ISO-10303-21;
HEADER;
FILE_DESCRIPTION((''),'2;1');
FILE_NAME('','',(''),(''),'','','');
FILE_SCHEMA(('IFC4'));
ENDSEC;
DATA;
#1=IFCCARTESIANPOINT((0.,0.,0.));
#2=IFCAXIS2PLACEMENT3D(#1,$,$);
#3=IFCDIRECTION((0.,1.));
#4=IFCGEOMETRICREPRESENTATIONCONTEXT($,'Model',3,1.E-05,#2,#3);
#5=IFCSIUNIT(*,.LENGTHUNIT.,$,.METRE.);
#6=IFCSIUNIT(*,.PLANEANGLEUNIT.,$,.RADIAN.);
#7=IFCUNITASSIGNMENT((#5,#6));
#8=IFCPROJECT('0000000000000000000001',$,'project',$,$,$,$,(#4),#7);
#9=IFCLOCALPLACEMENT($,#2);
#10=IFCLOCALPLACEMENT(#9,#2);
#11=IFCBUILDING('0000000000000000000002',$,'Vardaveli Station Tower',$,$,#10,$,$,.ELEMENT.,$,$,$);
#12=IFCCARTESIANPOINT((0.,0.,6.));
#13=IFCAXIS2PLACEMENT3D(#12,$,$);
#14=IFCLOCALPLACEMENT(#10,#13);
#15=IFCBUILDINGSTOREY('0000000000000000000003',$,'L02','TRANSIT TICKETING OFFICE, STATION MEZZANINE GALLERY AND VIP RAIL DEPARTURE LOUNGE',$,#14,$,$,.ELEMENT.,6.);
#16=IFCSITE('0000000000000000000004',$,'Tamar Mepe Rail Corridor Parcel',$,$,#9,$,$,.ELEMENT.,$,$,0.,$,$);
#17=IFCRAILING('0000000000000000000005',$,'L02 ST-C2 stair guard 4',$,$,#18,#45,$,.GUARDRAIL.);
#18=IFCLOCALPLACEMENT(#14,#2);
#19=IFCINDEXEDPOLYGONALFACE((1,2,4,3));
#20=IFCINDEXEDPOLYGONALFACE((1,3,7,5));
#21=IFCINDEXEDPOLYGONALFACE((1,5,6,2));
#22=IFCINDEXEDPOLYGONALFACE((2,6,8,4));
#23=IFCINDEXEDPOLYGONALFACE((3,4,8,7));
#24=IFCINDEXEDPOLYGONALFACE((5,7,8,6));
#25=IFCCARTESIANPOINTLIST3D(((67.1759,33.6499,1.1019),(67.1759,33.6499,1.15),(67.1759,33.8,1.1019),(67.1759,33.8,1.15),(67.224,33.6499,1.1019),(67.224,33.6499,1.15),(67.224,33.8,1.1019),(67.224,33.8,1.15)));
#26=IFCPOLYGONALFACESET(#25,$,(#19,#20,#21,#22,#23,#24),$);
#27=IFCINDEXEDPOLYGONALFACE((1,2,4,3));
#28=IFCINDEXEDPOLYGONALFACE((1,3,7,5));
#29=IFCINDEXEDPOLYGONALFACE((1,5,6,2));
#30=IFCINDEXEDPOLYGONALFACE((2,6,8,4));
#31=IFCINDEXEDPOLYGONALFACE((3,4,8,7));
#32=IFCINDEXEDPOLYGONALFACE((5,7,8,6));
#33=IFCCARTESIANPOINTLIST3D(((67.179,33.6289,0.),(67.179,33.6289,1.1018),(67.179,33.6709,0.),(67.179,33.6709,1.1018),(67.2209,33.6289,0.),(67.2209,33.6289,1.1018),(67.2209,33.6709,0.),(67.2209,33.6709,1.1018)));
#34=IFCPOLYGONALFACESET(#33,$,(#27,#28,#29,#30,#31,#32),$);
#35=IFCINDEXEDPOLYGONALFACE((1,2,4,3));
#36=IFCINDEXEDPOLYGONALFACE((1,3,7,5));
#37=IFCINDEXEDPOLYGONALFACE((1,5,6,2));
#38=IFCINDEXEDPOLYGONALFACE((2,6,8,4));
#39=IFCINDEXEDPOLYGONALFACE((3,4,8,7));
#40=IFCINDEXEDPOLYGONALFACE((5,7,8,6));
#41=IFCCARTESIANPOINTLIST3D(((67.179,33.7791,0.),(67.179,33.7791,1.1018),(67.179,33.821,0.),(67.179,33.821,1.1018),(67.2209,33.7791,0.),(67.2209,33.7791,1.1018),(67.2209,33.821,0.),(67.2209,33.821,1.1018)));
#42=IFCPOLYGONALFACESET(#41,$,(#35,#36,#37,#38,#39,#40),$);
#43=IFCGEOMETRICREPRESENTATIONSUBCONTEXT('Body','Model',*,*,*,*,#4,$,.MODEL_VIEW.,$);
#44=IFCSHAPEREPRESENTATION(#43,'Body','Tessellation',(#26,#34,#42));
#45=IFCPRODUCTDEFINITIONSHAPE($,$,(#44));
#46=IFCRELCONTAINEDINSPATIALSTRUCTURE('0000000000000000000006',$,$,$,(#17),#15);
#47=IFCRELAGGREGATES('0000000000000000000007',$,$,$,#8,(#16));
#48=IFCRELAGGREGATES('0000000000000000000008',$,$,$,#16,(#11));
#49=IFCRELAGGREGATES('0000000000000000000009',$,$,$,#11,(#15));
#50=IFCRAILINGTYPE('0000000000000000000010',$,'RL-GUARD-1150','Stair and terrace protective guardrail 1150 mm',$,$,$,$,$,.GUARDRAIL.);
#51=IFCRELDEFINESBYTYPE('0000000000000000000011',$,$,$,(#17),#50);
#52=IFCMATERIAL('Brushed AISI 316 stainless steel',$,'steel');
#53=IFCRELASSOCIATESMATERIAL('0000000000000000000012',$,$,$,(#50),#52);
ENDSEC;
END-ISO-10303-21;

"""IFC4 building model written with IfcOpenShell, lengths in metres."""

from ifc_helpers import new_model, si_unit, direction, frame, origin, origin_2d, place, context, subcontext, project, spatial, rectangle, extrude, source, transform, mapped, material, type_object, element, save


model = new_model("IFC4")

# Units and contexts
model_context = context("Model", 3, precision=1e-05, world=origin(), true_north=direction((0.0, 1.0)))
body_context = subcontext(model_context, "Body", "Model", "MODEL_VIEW")
ifc_project = project(units=[si_unit("LENGTHUNIT", "METRE"), si_unit("PLANEANGLEUNIT", "RADIAN")], contexts=[model_context])

# Site, building, storey
site_placement = place(None, origin())
site = spatial("IfcSite", under=ifc_project, at=site_placement, Name="Tamar Mepe Rail Corridor Parcel", CompositionType="ELEMENT", RefElevation=0.0)
building_placement = place(site_placement, origin())
building = spatial("IfcBuilding", under=site, at=building_placement, Name="Vardaveli Station Tower", CompositionType="ELEMENT")
storey_placement = place(building_placement, frame((0.0, 0.0, 6.0)))
storey = spatial("IfcBuildingStorey", under=building, at=storey_placement, Name="L02", Description="TRANSIT TICKETING OFFICE, STATION MEZZANINE GALLERY AND VIP RAIL DEPARTURE LOUNGE", CompositionType="ELEMENT", Elevation=6.0)

# Railing
ifc_material_1 = material(Name="Brushed AISI 316 stainless steel", Category="steel")
railing_type_1 = type_object("IfcRailingType", Name="RL-GUARD-1150", Description="Stair and terrace protective guardrail 1150 mm", PredefinedType="GUARDRAIL", material=ifc_material_1)
shared_shape_1 = source(origin(), body_context, "Body", "SweptSolid", [
    extrude(rectangle(XDim=0.0481, YDim=0.0481, at=origin_2d()), frame((0.0, 0.0, 1.126), z_axis=(0.0, 1.0, 0.0), x_axis=(-1.0, 0.0, 0.0)), (0.0, 0.0, 1.0), 0.1501),
    extrude(rectangle(XDim=0.042, YDim=0.042, at=origin_2d()), origin(), (0.0, 0.0, 1.0), 1.1018),
    extrude(rectangle(XDim=0.042, YDim=0.042, at=origin_2d()), frame((0.0, 0.1501, 0.0)), (0.0, 0.0, 1.0), 1.1018),
])
for number, where, name in (
    (1, (67.2, 33.6499, 0.0), "L02 ST-C2 stair guard 4"),
):
    element("IfcRailing", number, at=place(storey_placement, frame(where)), inside=storey, type_object=railing_type_1, Name=name, PredefinedType="GUARDRAIL", context=body_context, shape_type="MappedRepresentation", body=[
        mapped(shared_shape_1, transform((0.0, 0.0, 0.0), scale=1.0)),
    ])

save(model, "model.ifc")
